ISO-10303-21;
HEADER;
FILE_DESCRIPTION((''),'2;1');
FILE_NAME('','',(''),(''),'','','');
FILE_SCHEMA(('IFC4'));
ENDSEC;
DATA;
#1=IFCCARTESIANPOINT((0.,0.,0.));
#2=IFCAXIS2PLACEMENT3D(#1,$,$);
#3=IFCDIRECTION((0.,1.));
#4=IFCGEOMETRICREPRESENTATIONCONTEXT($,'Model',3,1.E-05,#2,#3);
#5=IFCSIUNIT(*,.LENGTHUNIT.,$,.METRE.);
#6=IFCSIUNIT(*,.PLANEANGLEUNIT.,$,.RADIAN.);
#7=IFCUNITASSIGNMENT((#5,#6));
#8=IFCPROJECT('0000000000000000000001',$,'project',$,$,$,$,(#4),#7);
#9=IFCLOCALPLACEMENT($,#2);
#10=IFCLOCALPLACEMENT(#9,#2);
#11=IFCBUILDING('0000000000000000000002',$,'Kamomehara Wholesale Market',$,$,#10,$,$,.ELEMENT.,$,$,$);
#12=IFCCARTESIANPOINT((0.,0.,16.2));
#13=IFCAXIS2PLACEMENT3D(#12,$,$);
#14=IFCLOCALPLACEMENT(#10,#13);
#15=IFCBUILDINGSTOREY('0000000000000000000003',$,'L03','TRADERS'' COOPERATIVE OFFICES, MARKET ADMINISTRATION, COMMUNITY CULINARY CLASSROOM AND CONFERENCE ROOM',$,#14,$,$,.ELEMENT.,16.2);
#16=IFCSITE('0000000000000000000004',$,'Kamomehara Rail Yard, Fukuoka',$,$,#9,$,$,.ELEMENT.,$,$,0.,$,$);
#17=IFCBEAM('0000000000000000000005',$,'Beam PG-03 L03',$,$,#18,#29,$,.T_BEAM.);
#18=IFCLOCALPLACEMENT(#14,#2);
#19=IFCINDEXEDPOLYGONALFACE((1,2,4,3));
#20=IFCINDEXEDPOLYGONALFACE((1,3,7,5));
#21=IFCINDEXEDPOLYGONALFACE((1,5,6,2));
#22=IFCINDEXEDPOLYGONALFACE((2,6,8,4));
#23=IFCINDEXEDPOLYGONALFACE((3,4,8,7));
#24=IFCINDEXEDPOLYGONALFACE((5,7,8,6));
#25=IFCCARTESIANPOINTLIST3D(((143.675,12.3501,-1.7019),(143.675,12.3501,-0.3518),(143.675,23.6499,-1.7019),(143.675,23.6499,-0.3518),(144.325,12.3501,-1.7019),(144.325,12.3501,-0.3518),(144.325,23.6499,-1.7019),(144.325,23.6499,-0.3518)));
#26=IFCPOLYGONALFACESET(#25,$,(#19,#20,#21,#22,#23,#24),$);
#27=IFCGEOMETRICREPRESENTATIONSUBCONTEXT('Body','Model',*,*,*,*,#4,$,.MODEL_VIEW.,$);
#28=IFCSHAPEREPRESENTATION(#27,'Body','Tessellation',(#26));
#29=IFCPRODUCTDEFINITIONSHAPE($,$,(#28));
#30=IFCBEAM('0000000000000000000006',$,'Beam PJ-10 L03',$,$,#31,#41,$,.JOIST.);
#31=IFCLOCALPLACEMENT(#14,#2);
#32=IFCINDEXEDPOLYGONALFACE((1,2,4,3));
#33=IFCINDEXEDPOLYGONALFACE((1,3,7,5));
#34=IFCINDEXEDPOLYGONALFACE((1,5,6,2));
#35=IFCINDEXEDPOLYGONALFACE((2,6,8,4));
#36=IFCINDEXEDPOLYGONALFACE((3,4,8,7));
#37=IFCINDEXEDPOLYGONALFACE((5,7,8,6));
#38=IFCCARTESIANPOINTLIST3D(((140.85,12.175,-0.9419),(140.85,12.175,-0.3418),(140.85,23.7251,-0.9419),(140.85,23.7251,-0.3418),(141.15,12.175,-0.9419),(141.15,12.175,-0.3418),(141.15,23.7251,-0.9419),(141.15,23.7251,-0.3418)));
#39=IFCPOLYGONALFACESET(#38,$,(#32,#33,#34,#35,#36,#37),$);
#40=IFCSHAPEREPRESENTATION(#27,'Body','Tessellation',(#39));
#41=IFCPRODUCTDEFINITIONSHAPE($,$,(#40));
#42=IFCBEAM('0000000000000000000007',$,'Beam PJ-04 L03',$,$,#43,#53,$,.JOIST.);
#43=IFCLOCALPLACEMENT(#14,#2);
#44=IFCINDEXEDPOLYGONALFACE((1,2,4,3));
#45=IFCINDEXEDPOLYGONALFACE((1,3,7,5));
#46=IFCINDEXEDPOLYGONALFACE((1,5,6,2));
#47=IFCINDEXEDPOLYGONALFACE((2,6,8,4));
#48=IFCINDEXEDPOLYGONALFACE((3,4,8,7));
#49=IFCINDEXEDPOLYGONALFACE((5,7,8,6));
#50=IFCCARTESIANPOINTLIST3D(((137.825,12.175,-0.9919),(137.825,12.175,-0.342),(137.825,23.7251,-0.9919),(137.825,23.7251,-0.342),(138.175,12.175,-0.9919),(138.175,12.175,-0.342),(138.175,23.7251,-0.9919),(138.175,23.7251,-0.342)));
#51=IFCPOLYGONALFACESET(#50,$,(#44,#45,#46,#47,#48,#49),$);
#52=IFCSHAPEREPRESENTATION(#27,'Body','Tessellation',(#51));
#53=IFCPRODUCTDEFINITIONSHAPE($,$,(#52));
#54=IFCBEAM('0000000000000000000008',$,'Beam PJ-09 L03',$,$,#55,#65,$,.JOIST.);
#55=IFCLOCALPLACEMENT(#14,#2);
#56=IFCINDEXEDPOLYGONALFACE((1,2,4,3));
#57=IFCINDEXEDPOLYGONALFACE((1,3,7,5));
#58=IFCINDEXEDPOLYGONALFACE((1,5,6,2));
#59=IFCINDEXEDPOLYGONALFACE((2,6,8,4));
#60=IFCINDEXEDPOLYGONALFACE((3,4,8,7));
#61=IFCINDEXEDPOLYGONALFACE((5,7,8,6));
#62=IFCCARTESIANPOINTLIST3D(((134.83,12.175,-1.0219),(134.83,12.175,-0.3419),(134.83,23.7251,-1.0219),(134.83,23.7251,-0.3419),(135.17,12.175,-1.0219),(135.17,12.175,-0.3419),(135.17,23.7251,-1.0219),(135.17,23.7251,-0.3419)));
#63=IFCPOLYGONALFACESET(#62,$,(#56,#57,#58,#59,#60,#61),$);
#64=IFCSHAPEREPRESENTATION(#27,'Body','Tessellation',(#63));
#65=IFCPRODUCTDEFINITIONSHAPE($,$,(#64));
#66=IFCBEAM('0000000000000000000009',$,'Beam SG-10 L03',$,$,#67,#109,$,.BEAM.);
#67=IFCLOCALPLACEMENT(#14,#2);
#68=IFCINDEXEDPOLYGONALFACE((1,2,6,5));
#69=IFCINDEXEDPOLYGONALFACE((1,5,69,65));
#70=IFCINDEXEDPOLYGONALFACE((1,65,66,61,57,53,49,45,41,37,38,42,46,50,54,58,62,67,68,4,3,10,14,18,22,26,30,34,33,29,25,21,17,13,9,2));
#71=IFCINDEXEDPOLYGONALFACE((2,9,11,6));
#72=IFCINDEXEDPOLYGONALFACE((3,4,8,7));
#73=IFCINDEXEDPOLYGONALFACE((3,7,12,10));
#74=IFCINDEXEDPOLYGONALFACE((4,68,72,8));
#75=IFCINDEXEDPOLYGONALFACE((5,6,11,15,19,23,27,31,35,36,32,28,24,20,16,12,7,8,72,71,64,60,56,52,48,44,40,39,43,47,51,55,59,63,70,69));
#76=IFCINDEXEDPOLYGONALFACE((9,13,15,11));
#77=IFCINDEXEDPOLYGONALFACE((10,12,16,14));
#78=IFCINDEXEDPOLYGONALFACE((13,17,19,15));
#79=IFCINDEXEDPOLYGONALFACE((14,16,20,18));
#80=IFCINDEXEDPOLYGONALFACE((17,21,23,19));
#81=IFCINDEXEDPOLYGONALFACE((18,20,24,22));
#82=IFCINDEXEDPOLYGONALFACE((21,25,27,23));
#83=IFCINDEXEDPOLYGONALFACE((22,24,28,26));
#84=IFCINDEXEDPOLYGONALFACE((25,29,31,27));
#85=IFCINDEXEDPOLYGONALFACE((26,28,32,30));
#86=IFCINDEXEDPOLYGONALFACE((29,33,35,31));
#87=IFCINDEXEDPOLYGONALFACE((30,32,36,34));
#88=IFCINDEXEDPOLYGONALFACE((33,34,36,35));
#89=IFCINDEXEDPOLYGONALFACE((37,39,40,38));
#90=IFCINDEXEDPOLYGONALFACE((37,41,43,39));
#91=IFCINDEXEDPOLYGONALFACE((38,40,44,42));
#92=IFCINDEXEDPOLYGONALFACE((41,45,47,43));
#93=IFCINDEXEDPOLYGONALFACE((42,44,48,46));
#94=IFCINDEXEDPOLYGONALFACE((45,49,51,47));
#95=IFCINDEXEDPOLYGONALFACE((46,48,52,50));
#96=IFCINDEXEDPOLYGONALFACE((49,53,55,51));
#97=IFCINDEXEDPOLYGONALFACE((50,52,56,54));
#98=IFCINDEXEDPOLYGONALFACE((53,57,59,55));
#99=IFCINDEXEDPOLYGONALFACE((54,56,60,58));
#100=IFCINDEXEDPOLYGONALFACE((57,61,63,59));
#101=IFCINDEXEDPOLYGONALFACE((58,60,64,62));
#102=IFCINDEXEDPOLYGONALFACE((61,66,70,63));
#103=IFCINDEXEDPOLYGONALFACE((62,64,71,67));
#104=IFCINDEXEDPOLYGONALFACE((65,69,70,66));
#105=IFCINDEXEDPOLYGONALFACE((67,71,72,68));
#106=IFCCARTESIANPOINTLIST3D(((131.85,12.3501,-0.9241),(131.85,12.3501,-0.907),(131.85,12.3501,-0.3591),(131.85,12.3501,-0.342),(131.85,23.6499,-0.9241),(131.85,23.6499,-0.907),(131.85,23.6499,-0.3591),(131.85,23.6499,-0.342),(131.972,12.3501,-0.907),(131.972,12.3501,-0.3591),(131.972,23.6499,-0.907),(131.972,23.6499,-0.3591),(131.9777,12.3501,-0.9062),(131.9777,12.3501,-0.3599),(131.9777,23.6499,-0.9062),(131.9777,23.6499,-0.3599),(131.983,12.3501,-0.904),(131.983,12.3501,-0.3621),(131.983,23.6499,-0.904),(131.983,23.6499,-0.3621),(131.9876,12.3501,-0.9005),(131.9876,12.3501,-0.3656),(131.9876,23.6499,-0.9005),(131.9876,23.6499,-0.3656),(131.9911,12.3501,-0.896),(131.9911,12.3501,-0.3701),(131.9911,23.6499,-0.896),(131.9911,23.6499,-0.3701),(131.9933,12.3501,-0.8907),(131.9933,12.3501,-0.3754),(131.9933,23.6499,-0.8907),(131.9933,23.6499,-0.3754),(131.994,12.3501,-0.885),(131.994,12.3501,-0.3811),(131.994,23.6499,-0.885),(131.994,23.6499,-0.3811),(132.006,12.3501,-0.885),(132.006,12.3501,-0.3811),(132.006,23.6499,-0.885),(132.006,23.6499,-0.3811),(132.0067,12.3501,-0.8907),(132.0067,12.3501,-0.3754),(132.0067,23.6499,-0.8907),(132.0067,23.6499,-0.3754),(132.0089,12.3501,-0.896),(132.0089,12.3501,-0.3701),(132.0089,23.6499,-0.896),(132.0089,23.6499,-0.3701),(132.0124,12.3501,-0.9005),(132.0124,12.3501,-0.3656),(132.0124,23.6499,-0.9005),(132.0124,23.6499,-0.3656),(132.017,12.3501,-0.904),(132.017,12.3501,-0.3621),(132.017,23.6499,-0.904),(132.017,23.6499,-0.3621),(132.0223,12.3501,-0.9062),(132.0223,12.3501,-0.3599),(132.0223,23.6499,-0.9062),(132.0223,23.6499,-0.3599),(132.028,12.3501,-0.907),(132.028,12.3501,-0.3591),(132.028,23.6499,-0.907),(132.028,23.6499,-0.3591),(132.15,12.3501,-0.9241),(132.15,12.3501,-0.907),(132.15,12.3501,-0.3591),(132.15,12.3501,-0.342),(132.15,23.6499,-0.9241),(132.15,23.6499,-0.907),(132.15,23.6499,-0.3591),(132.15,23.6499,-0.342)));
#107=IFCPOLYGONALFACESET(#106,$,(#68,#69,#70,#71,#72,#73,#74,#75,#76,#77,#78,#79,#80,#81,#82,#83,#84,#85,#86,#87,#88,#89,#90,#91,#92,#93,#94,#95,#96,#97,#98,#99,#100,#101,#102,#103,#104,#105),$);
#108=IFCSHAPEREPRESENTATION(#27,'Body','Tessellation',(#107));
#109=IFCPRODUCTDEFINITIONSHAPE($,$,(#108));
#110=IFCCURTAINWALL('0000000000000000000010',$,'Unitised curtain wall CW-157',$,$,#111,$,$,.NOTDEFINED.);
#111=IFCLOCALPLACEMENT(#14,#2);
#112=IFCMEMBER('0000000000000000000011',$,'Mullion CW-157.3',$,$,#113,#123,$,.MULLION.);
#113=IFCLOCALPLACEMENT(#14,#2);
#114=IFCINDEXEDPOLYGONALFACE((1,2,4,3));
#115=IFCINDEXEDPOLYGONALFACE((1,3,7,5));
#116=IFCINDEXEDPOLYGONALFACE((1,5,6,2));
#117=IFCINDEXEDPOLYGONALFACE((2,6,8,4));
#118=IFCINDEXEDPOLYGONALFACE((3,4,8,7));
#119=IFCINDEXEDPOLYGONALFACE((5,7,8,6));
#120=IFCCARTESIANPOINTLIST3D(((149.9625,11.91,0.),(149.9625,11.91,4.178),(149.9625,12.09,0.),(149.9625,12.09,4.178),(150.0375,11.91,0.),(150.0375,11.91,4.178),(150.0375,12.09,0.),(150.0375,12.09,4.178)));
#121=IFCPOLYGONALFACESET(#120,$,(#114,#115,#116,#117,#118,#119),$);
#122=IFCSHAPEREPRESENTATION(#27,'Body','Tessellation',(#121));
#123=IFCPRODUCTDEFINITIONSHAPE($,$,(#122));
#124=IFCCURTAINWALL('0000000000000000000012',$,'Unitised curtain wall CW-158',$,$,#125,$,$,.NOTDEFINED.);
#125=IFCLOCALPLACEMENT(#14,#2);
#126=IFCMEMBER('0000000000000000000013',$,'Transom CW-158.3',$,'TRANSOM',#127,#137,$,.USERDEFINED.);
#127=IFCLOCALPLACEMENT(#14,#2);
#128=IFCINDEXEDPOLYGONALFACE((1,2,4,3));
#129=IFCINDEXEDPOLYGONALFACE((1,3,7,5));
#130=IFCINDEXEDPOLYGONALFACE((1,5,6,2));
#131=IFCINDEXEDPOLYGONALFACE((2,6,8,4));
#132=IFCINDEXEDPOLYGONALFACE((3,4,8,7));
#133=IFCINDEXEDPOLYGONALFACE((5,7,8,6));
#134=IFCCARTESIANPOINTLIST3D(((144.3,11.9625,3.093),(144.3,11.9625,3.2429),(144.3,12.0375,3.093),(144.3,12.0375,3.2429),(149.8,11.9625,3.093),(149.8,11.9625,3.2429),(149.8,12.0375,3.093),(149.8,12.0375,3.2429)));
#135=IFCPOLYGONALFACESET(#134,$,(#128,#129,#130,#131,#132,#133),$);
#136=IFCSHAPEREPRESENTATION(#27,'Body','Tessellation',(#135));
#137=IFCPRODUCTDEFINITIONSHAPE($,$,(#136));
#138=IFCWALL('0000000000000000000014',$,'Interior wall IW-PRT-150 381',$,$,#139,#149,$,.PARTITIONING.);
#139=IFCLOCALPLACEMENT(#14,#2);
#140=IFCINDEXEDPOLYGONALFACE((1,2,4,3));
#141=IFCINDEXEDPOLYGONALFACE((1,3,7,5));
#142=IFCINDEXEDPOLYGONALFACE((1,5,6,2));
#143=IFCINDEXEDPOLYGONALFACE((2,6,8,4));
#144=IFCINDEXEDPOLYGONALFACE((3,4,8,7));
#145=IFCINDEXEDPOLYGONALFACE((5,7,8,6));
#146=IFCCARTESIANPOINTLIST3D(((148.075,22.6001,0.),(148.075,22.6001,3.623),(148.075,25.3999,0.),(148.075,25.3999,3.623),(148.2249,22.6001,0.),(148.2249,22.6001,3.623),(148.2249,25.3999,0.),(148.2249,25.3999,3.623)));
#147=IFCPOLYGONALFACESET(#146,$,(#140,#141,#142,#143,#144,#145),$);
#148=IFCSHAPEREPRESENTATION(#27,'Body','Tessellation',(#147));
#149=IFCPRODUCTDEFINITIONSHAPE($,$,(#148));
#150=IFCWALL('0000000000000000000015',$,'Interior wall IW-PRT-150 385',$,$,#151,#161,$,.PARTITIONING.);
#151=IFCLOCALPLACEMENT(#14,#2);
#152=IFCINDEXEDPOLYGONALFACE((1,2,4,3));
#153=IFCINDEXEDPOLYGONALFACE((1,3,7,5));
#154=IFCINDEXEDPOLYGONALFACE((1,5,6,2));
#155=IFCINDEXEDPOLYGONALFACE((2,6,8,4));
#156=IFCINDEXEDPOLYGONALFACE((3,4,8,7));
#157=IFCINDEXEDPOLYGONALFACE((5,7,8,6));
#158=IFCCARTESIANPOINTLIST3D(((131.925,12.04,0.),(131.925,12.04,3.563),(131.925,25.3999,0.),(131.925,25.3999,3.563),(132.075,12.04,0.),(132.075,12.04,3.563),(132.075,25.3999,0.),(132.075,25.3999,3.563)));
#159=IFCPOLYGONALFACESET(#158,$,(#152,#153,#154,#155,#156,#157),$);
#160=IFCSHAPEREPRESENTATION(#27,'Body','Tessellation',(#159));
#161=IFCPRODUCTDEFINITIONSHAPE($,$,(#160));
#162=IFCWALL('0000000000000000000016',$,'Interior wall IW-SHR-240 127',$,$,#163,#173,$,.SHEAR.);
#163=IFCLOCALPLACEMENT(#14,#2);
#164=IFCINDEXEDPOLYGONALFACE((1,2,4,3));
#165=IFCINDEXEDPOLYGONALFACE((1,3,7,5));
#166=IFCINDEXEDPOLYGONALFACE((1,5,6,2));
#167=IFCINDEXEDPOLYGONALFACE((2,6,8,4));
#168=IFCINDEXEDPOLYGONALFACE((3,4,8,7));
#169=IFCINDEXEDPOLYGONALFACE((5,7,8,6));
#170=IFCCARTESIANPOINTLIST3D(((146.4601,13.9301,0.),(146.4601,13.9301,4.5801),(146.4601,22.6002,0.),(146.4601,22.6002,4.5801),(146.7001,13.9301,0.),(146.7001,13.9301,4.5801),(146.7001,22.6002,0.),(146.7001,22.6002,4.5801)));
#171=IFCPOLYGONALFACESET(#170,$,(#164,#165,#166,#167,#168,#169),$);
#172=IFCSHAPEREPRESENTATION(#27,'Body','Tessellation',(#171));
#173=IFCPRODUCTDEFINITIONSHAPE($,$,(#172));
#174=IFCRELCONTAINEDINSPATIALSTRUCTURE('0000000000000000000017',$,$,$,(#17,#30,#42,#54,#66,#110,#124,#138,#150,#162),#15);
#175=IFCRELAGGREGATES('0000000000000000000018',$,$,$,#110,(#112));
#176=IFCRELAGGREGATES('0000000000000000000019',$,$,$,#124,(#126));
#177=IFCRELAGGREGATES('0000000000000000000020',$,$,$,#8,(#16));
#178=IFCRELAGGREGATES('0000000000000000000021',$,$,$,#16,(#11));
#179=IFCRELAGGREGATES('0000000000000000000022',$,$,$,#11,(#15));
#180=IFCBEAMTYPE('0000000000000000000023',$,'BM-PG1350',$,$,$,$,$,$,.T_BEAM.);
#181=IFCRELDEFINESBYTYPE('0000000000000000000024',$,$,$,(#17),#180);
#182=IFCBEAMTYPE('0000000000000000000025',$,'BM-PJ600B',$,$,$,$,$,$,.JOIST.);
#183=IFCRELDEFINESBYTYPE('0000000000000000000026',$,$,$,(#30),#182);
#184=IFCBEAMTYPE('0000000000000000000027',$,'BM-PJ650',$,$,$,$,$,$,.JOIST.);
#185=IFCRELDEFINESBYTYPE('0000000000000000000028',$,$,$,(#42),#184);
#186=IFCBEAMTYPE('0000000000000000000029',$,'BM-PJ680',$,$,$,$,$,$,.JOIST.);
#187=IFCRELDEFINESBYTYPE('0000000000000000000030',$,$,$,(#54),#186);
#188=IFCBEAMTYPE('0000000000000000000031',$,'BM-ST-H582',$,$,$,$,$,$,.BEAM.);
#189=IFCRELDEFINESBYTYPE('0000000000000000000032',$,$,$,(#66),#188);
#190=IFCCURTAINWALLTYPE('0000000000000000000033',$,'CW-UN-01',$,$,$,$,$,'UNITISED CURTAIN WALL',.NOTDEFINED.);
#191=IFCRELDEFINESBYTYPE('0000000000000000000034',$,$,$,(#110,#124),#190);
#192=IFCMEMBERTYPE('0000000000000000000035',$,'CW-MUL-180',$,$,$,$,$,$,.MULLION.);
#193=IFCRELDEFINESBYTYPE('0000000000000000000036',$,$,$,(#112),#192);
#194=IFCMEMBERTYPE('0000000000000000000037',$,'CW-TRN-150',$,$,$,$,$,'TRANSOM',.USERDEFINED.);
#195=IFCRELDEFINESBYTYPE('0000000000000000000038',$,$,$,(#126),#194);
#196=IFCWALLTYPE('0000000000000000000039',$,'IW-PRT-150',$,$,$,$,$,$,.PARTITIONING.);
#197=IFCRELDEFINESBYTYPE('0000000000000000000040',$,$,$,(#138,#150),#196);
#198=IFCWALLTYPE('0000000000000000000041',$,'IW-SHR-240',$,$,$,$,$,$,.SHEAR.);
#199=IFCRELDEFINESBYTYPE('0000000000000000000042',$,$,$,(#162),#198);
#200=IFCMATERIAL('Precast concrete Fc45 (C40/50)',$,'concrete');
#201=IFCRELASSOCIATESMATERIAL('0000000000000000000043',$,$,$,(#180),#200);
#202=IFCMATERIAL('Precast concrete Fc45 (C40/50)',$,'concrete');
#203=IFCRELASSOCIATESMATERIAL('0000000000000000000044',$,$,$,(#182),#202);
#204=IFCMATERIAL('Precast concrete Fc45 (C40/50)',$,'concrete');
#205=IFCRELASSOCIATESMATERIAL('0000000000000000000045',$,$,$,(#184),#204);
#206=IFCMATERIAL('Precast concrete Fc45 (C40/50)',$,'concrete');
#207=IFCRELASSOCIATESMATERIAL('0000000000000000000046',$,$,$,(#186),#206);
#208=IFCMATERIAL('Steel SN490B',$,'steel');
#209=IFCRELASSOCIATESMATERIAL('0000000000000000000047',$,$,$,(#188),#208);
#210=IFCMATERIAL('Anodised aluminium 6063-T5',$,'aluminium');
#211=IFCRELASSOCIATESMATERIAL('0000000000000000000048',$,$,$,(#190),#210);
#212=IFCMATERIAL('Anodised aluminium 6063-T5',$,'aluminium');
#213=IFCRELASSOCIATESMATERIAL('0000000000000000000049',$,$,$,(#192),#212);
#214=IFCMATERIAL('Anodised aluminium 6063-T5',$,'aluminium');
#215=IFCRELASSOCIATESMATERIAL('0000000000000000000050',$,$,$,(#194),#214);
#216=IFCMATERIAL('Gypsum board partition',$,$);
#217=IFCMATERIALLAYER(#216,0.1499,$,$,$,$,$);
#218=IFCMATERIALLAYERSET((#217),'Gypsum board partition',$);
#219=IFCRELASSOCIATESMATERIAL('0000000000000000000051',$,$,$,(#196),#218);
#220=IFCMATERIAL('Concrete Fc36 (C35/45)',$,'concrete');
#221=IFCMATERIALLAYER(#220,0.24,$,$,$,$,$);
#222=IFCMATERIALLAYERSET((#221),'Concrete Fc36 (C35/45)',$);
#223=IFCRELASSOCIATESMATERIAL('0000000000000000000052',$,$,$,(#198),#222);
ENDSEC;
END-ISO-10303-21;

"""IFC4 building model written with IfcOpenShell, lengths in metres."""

from ifc_helpers import new_model, si_unit, direction, frame, frame_2d, origin, origin_2d, place, context, subcontext, project, spatial, rectangle, i_section, extrude, material, layer, layer_set, material_profile, profile_set, type_object, element, aggregate, save


model = new_model("IFC4")

# Units and contexts
model_context = context("Model", 3, precision=1e-05, world=origin(), true_north=direction((0.0, 1.0)))
body_context = subcontext(model_context, "Body", "Model", "MODEL_VIEW")
ifc_project = project(units=[si_unit("LENGTHUNIT", "METRE"), si_unit("PLANEANGLEUNIT", "RADIAN")], contexts=[model_context])

# Site, building, storey
site_placement = place(None, origin())
site = spatial("IfcSite", under=ifc_project, at=site_placement, Name="Kamomehara Rail Yard, Fukuoka", CompositionType="ELEMENT", RefElevation=0.0)
building_placement = place(site_placement, origin())
building = spatial("IfcBuilding", under=site, at=building_placement, Name="Kamomehara Wholesale Market", CompositionType="ELEMENT")
storey_placement = place(building_placement, frame((0.0, 0.0, 16.2)))
storey = spatial("IfcBuildingStorey", under=building, at=storey_placement, Name="L03", Description="TRADERS' COOPERATIVE OFFICES, MARKET ADMINISTRATION, COMMUNITY CULINARY CLASSROOM AND CONFERENCE ROOM", CompositionType="ELEMENT", Elevation=16.2)

# Beams
ifc_material_1 = material(Name="Precast concrete Fc45 (C40/50)", Category="concrete")
ifc_material_profile_1 = material_profile(ifc_material_1, rectangle(XDim=0.6499, YDim=1.3501, at=origin_2d()), Name="PC-GRD-650x1350")
ifc_profile_set_1 = profile_set([ifc_material_profile_1], Name="Precast concrete Fc45 (C40/50)")
beam_type_1 = type_object("IfcBeamType", Name="BM-PG1350", PredefinedType="T_BEAM", material=ifc_profile_set_1)
beam_1_placement = place(storey_placement, frame((144.0, 12.3501, -1.0269), z_axis=(0.0, 1.0, 0.0), x_axis=(-1.0, 0.0, 0.0)))
element("IfcBeam", 1, at=beam_1_placement, inside=storey, type_object=beam_type_1, Name="Beam PG-03 L03", PredefinedType="T_BEAM", context=body_context, shape_type="SweptSolid", body=[
    extrude(rectangle(XDim=0.6499, YDim=1.3501, at=origin_2d()), origin(), (0.0, 0.0, 1.0), 11.2998),
])
ifc_material_2 = material(Name="Precast concrete Fc45 (C40/50)", Category="concrete")
ifc_material_profile_2 = material_profile(ifc_material_2, rectangle(XDim=0.3, YDim=0.6001, at=origin_2d()), Name="PC-JST-300x600")
ifc_profile_set_2 = profile_set([ifc_material_profile_2], Name="Precast concrete Fc45 (C40/50)")
beam_type_2 = type_object("IfcBeamType", Name="BM-PJ600B", PredefinedType="JOIST", material=ifc_profile_set_2)
beam_2_placement = place(storey_placement, frame((141.0, 12.175, -0.6418), z_axis=(0.0, 1.0, 0.0), x_axis=(-1.0, 0.0, 0.0)))
element("IfcBeam", 2, at=beam_2_placement, inside=storey, type_object=beam_type_2, Name="Beam PJ-10 L03", PredefinedType="JOIST", context=body_context, shape_type="SweptSolid", body=[
    extrude(rectangle(XDim=0.3, YDim=0.6001, at=origin_2d()), origin(), (0.0, 0.0, 1.0), 11.55),
])
ifc_material_3 = material(Name="Precast concrete Fc45 (C40/50)", Category="concrete")
ifc_material_profile_3 = material_profile(ifc_material_3, rectangle(XDim=0.3501, YDim=0.6499, at=origin_2d()), Name="PC-JST-350x650")
ifc_profile_set_3 = profile_set([ifc_material_profile_3], Name="Precast concrete Fc45 (C40/50)")
beam_type_3 = type_object("IfcBeamType", Name="BM-PJ650", PredefinedType="JOIST", material=ifc_profile_set_3)
beam_3_placement = place(storey_placement, frame((138.0, 12.175, -0.667), z_axis=(0.0, 1.0, 0.0), x_axis=(-1.0, 0.0, 0.0)))
element("IfcBeam", 3, at=beam_3_placement, inside=storey, type_object=beam_type_3, Name="Beam PJ-04 L03", PredefinedType="JOIST", context=body_context, shape_type="SweptSolid", body=[
    extrude(rectangle(XDim=0.3501, YDim=0.6499, at=origin_2d()), origin(), (0.0, 0.0, 1.0), 11.55),
])
ifc_material_4 = material(Name="Precast concrete Fc45 (C40/50)", Category="concrete")
ifc_material_profile_4 = material_profile(ifc_material_4, rectangle(XDim=0.3401, YDim=0.6799, at=origin_2d()), Name="PC-JST-340x680")
ifc_profile_set_4 = profile_set([ifc_material_profile_4], Name="Precast concrete Fc45 (C40/50)")
beam_type_4 = type_object("IfcBeamType", Name="BM-PJ680", PredefinedType="JOIST", material=ifc_profile_set_4)
beam_4_placement = place(storey_placement, frame((135.0, 12.175, -0.6819), z_axis=(0.0, 1.0, 0.0), x_axis=(-1.0, 0.0, 0.0)))
element("IfcBeam", 4, at=beam_4_placement, inside=storey, type_object=beam_type_4, Name="Beam PJ-09 L03", PredefinedType="JOIST", context=body_context, shape_type="SweptSolid", body=[
    extrude(rectangle(XDim=0.3401, YDim=0.6799, at=origin_2d()), origin(), (0.0, 0.0, 1.0), 11.55),
])
ifc_material_5 = material(Name="Steel SN490B", Category="steel")
ifc_material_profile_5 = material_profile(ifc_material_5, i_section(OverallWidth=0.3, OverallDepth=0.582, WebThickness=0.012, FlangeThickness=0.0171, FilletRadius=0.022, at=origin_2d()), Name="H-582x300x12x17")
ifc_profile_set_5 = profile_set([ifc_material_profile_5], Name="Steel SN490B")
beam_type_5 = type_object("IfcBeamType", Name="BM-ST-H582", PredefinedType="BEAM", material=ifc_profile_set_5)
beam_5_placement = place(storey_placement, frame((132.0, 12.3501, -0.6331), z_axis=(0.0, 1.0, 0.0), x_axis=(-1.0, 0.0, 0.0)))
element("IfcBeam", 5, at=beam_5_placement, inside=storey, type_object=beam_type_5, Name="Beam SG-10 L03", PredefinedType="BEAM", context=body_context, shape_type="SweptSolid", body=[
    extrude(i_section(OverallWidth=0.3, OverallDepth=0.582, WebThickness=0.012, FlangeThickness=0.0171, FilletRadius=0.022, at=origin_2d()), origin(), (0.0, 0.0, 1.0), 11.2998),
])

# Curtain walls, members
ifc_material_6 = material(Name="Anodised aluminium 6063-T5", Category="aluminium")
curtain_wall_type = type_object("IfcCurtainWallType", Name="CW-UN-01", ElementType="UNITISED CURTAIN WALL", PredefinedType="NOTDEFINED", material=ifc_material_6)
curtain_wall_1_placement = place(storey_placement, origin())
curtain_wall_1 = element("IfcCurtainWall", 6, at=curtain_wall_1_placement, inside=storey, type_object=curtain_wall_type, Name="Unitised curtain wall CW-157", PredefinedType="NOTDEFINED")
ifc_material_7 = material(Name="Anodised aluminium 6063-T5", Category="aluminium")
ifc_material_profile_6 = material_profile(ifc_material_7, rectangle(XDim=0.075, YDim=0.1799, at=origin_2d()), Name="ALU-MUL-75x180")
ifc_profile_set_6 = profile_set([ifc_material_profile_6], Name="Anodised aluminium 6063-T5")
member_type_1 = type_object("IfcMemberType", Name="CW-MUL-180", PredefinedType="MULLION", material=ifc_profile_set_6)
member_1_placement = place(storey_placement, frame((150.0, 12.0, 0.0), z_axis=(0.0, 0.0, 1.0), x_axis=(-1.0, 0.0, 0.0)))
member_1 = element("IfcMember", 7, at=member_1_placement, type_object=member_type_1, Name="Mullion CW-157.3", PredefinedType="MULLION", context=body_context, shape_type="SweptSolid", body=[
    extrude(rectangle(XDim=0.075, YDim=0.1799, at=origin_2d()), origin(), (0.0, 0.0, 1.0), 4.178),
])
aggregate(curtain_wall_1, [member_1])
curtain_wall_2_placement = place(storey_placement, origin())
curtain_wall_2 = element("IfcCurtainWall", 8, at=curtain_wall_2_placement, inside=storey, type_object=curtain_wall_type, Name="Unitised curtain wall CW-158", PredefinedType="NOTDEFINED")
ifc_material_8 = material(Name="Anodised aluminium 6063-T5", Category="aluminium")
ifc_material_profile_7 = material_profile(ifc_material_8, rectangle(XDim=0.075, YDim=0.1499, at=origin_2d()), Name="ALU-TRN-75x150")
ifc_profile_set_7 = profile_set([ifc_material_profile_7], Name="Anodised aluminium 6063-T5")
member_type_2 = type_object("IfcMemberType", Name="CW-TRN-150", ElementType="TRANSOM", PredefinedType="USERDEFINED", material=ifc_profile_set_7)
member_2_placement = place(storey_placement, frame((149.8, 12.0, 3.168), z_axis=(-1.0, 0.0, 0.0), x_axis=(0.0, -1.0, 0.0)))
member_2 = element("IfcMember", 9, at=member_2_placement, type_object=member_type_2, Name="Transom CW-158.3", ObjectType="TRANSOM", PredefinedType="USERDEFINED", context=body_context, shape_type="SweptSolid", body=[
    extrude(rectangle(XDim=0.075, YDim=0.1499, at=origin_2d()), origin(), (0.0, 0.0, 1.0), 5.5),
])
aggregate(curtain_wall_2, [member_2])

# Walls
ifc_material_9 = material(Name="Gypsum board partition")
ifc_layer_1 = layer(ifc_material_9, 0.1499)
ifc_layer_set_1 = layer_set([ifc_layer_1], Name="Gypsum board partition")
wall_type_1 = type_object("IfcWallType", Name="IW-PRT-150", PredefinedType="PARTITIONING", material=ifc_layer_set_1)
wall_1_placement = place(storey_placement, frame((148.1499, 22.6001, 0.0), z_axis=(0.0, 0.0, 1.0), x_axis=(0.0, 1.0, 0.0)))
element("IfcWall", 10, at=wall_1_placement, inside=storey, type_object=wall_type_1, Name="Interior wall IW-PRT-150 381", PredefinedType="PARTITIONING", context=body_context, shape_type="SweptSolid", body=[
    extrude(rectangle(XDim=2.7998, YDim=0.1499, at=frame_2d((1.3999, 0.0))), origin(), (0.0, 0.0, 1.0), 3.623),
])
wall_2_placement = place(storey_placement, frame((132.0, 12.04, 0.0), z_axis=(0.0, 0.0, 1.0), x_axis=(0.0, 1.0, 0.0)))
element("IfcWall", 11, at=wall_2_placement, inside=storey, type_object=wall_type_1, Name="Interior wall IW-PRT-150 385", PredefinedType="PARTITIONING", context=body_context, shape_type="SweptSolid", body=[
    extrude(rectangle(XDim=13.3599, YDim=0.1499, at=frame_2d((6.6799, 0.0))), origin(), (0.0, 0.0, 1.0), 3.563),
])
ifc_material_10 = material(Name="Concrete Fc36 (C35/45)", Category="concrete")
ifc_layer_2 = layer(ifc_material_10, 0.24)
ifc_layer_set_2 = layer_set([ifc_layer_2], Name="Concrete Fc36 (C35/45)")
wall_type_2 = type_object("IfcWallType", Name="IW-SHR-240", PredefinedType="SHEAR", material=ifc_layer_set_2)
wall_3_placement = place(storey_placement, frame((146.5801, 22.6001, 0.0), z_axis=(0.0, 0.0, 1.0), x_axis=(0.0, -1.0, 0.0)))
element("IfcWall", 12, at=wall_3_placement, inside=storey, type_object=wall_type_2, Name="Interior wall IW-SHR-240 127", PredefinedType="SHEAR", context=body_context, shape_type="SweptSolid", body=[
    extrude(rectangle(XDim=8.6702, YDim=0.24, at=frame_2d((4.335, 0.0))), origin(), (0.0, 0.0, 1.0), 4.5801),
])

save(model, "model.ifc")
